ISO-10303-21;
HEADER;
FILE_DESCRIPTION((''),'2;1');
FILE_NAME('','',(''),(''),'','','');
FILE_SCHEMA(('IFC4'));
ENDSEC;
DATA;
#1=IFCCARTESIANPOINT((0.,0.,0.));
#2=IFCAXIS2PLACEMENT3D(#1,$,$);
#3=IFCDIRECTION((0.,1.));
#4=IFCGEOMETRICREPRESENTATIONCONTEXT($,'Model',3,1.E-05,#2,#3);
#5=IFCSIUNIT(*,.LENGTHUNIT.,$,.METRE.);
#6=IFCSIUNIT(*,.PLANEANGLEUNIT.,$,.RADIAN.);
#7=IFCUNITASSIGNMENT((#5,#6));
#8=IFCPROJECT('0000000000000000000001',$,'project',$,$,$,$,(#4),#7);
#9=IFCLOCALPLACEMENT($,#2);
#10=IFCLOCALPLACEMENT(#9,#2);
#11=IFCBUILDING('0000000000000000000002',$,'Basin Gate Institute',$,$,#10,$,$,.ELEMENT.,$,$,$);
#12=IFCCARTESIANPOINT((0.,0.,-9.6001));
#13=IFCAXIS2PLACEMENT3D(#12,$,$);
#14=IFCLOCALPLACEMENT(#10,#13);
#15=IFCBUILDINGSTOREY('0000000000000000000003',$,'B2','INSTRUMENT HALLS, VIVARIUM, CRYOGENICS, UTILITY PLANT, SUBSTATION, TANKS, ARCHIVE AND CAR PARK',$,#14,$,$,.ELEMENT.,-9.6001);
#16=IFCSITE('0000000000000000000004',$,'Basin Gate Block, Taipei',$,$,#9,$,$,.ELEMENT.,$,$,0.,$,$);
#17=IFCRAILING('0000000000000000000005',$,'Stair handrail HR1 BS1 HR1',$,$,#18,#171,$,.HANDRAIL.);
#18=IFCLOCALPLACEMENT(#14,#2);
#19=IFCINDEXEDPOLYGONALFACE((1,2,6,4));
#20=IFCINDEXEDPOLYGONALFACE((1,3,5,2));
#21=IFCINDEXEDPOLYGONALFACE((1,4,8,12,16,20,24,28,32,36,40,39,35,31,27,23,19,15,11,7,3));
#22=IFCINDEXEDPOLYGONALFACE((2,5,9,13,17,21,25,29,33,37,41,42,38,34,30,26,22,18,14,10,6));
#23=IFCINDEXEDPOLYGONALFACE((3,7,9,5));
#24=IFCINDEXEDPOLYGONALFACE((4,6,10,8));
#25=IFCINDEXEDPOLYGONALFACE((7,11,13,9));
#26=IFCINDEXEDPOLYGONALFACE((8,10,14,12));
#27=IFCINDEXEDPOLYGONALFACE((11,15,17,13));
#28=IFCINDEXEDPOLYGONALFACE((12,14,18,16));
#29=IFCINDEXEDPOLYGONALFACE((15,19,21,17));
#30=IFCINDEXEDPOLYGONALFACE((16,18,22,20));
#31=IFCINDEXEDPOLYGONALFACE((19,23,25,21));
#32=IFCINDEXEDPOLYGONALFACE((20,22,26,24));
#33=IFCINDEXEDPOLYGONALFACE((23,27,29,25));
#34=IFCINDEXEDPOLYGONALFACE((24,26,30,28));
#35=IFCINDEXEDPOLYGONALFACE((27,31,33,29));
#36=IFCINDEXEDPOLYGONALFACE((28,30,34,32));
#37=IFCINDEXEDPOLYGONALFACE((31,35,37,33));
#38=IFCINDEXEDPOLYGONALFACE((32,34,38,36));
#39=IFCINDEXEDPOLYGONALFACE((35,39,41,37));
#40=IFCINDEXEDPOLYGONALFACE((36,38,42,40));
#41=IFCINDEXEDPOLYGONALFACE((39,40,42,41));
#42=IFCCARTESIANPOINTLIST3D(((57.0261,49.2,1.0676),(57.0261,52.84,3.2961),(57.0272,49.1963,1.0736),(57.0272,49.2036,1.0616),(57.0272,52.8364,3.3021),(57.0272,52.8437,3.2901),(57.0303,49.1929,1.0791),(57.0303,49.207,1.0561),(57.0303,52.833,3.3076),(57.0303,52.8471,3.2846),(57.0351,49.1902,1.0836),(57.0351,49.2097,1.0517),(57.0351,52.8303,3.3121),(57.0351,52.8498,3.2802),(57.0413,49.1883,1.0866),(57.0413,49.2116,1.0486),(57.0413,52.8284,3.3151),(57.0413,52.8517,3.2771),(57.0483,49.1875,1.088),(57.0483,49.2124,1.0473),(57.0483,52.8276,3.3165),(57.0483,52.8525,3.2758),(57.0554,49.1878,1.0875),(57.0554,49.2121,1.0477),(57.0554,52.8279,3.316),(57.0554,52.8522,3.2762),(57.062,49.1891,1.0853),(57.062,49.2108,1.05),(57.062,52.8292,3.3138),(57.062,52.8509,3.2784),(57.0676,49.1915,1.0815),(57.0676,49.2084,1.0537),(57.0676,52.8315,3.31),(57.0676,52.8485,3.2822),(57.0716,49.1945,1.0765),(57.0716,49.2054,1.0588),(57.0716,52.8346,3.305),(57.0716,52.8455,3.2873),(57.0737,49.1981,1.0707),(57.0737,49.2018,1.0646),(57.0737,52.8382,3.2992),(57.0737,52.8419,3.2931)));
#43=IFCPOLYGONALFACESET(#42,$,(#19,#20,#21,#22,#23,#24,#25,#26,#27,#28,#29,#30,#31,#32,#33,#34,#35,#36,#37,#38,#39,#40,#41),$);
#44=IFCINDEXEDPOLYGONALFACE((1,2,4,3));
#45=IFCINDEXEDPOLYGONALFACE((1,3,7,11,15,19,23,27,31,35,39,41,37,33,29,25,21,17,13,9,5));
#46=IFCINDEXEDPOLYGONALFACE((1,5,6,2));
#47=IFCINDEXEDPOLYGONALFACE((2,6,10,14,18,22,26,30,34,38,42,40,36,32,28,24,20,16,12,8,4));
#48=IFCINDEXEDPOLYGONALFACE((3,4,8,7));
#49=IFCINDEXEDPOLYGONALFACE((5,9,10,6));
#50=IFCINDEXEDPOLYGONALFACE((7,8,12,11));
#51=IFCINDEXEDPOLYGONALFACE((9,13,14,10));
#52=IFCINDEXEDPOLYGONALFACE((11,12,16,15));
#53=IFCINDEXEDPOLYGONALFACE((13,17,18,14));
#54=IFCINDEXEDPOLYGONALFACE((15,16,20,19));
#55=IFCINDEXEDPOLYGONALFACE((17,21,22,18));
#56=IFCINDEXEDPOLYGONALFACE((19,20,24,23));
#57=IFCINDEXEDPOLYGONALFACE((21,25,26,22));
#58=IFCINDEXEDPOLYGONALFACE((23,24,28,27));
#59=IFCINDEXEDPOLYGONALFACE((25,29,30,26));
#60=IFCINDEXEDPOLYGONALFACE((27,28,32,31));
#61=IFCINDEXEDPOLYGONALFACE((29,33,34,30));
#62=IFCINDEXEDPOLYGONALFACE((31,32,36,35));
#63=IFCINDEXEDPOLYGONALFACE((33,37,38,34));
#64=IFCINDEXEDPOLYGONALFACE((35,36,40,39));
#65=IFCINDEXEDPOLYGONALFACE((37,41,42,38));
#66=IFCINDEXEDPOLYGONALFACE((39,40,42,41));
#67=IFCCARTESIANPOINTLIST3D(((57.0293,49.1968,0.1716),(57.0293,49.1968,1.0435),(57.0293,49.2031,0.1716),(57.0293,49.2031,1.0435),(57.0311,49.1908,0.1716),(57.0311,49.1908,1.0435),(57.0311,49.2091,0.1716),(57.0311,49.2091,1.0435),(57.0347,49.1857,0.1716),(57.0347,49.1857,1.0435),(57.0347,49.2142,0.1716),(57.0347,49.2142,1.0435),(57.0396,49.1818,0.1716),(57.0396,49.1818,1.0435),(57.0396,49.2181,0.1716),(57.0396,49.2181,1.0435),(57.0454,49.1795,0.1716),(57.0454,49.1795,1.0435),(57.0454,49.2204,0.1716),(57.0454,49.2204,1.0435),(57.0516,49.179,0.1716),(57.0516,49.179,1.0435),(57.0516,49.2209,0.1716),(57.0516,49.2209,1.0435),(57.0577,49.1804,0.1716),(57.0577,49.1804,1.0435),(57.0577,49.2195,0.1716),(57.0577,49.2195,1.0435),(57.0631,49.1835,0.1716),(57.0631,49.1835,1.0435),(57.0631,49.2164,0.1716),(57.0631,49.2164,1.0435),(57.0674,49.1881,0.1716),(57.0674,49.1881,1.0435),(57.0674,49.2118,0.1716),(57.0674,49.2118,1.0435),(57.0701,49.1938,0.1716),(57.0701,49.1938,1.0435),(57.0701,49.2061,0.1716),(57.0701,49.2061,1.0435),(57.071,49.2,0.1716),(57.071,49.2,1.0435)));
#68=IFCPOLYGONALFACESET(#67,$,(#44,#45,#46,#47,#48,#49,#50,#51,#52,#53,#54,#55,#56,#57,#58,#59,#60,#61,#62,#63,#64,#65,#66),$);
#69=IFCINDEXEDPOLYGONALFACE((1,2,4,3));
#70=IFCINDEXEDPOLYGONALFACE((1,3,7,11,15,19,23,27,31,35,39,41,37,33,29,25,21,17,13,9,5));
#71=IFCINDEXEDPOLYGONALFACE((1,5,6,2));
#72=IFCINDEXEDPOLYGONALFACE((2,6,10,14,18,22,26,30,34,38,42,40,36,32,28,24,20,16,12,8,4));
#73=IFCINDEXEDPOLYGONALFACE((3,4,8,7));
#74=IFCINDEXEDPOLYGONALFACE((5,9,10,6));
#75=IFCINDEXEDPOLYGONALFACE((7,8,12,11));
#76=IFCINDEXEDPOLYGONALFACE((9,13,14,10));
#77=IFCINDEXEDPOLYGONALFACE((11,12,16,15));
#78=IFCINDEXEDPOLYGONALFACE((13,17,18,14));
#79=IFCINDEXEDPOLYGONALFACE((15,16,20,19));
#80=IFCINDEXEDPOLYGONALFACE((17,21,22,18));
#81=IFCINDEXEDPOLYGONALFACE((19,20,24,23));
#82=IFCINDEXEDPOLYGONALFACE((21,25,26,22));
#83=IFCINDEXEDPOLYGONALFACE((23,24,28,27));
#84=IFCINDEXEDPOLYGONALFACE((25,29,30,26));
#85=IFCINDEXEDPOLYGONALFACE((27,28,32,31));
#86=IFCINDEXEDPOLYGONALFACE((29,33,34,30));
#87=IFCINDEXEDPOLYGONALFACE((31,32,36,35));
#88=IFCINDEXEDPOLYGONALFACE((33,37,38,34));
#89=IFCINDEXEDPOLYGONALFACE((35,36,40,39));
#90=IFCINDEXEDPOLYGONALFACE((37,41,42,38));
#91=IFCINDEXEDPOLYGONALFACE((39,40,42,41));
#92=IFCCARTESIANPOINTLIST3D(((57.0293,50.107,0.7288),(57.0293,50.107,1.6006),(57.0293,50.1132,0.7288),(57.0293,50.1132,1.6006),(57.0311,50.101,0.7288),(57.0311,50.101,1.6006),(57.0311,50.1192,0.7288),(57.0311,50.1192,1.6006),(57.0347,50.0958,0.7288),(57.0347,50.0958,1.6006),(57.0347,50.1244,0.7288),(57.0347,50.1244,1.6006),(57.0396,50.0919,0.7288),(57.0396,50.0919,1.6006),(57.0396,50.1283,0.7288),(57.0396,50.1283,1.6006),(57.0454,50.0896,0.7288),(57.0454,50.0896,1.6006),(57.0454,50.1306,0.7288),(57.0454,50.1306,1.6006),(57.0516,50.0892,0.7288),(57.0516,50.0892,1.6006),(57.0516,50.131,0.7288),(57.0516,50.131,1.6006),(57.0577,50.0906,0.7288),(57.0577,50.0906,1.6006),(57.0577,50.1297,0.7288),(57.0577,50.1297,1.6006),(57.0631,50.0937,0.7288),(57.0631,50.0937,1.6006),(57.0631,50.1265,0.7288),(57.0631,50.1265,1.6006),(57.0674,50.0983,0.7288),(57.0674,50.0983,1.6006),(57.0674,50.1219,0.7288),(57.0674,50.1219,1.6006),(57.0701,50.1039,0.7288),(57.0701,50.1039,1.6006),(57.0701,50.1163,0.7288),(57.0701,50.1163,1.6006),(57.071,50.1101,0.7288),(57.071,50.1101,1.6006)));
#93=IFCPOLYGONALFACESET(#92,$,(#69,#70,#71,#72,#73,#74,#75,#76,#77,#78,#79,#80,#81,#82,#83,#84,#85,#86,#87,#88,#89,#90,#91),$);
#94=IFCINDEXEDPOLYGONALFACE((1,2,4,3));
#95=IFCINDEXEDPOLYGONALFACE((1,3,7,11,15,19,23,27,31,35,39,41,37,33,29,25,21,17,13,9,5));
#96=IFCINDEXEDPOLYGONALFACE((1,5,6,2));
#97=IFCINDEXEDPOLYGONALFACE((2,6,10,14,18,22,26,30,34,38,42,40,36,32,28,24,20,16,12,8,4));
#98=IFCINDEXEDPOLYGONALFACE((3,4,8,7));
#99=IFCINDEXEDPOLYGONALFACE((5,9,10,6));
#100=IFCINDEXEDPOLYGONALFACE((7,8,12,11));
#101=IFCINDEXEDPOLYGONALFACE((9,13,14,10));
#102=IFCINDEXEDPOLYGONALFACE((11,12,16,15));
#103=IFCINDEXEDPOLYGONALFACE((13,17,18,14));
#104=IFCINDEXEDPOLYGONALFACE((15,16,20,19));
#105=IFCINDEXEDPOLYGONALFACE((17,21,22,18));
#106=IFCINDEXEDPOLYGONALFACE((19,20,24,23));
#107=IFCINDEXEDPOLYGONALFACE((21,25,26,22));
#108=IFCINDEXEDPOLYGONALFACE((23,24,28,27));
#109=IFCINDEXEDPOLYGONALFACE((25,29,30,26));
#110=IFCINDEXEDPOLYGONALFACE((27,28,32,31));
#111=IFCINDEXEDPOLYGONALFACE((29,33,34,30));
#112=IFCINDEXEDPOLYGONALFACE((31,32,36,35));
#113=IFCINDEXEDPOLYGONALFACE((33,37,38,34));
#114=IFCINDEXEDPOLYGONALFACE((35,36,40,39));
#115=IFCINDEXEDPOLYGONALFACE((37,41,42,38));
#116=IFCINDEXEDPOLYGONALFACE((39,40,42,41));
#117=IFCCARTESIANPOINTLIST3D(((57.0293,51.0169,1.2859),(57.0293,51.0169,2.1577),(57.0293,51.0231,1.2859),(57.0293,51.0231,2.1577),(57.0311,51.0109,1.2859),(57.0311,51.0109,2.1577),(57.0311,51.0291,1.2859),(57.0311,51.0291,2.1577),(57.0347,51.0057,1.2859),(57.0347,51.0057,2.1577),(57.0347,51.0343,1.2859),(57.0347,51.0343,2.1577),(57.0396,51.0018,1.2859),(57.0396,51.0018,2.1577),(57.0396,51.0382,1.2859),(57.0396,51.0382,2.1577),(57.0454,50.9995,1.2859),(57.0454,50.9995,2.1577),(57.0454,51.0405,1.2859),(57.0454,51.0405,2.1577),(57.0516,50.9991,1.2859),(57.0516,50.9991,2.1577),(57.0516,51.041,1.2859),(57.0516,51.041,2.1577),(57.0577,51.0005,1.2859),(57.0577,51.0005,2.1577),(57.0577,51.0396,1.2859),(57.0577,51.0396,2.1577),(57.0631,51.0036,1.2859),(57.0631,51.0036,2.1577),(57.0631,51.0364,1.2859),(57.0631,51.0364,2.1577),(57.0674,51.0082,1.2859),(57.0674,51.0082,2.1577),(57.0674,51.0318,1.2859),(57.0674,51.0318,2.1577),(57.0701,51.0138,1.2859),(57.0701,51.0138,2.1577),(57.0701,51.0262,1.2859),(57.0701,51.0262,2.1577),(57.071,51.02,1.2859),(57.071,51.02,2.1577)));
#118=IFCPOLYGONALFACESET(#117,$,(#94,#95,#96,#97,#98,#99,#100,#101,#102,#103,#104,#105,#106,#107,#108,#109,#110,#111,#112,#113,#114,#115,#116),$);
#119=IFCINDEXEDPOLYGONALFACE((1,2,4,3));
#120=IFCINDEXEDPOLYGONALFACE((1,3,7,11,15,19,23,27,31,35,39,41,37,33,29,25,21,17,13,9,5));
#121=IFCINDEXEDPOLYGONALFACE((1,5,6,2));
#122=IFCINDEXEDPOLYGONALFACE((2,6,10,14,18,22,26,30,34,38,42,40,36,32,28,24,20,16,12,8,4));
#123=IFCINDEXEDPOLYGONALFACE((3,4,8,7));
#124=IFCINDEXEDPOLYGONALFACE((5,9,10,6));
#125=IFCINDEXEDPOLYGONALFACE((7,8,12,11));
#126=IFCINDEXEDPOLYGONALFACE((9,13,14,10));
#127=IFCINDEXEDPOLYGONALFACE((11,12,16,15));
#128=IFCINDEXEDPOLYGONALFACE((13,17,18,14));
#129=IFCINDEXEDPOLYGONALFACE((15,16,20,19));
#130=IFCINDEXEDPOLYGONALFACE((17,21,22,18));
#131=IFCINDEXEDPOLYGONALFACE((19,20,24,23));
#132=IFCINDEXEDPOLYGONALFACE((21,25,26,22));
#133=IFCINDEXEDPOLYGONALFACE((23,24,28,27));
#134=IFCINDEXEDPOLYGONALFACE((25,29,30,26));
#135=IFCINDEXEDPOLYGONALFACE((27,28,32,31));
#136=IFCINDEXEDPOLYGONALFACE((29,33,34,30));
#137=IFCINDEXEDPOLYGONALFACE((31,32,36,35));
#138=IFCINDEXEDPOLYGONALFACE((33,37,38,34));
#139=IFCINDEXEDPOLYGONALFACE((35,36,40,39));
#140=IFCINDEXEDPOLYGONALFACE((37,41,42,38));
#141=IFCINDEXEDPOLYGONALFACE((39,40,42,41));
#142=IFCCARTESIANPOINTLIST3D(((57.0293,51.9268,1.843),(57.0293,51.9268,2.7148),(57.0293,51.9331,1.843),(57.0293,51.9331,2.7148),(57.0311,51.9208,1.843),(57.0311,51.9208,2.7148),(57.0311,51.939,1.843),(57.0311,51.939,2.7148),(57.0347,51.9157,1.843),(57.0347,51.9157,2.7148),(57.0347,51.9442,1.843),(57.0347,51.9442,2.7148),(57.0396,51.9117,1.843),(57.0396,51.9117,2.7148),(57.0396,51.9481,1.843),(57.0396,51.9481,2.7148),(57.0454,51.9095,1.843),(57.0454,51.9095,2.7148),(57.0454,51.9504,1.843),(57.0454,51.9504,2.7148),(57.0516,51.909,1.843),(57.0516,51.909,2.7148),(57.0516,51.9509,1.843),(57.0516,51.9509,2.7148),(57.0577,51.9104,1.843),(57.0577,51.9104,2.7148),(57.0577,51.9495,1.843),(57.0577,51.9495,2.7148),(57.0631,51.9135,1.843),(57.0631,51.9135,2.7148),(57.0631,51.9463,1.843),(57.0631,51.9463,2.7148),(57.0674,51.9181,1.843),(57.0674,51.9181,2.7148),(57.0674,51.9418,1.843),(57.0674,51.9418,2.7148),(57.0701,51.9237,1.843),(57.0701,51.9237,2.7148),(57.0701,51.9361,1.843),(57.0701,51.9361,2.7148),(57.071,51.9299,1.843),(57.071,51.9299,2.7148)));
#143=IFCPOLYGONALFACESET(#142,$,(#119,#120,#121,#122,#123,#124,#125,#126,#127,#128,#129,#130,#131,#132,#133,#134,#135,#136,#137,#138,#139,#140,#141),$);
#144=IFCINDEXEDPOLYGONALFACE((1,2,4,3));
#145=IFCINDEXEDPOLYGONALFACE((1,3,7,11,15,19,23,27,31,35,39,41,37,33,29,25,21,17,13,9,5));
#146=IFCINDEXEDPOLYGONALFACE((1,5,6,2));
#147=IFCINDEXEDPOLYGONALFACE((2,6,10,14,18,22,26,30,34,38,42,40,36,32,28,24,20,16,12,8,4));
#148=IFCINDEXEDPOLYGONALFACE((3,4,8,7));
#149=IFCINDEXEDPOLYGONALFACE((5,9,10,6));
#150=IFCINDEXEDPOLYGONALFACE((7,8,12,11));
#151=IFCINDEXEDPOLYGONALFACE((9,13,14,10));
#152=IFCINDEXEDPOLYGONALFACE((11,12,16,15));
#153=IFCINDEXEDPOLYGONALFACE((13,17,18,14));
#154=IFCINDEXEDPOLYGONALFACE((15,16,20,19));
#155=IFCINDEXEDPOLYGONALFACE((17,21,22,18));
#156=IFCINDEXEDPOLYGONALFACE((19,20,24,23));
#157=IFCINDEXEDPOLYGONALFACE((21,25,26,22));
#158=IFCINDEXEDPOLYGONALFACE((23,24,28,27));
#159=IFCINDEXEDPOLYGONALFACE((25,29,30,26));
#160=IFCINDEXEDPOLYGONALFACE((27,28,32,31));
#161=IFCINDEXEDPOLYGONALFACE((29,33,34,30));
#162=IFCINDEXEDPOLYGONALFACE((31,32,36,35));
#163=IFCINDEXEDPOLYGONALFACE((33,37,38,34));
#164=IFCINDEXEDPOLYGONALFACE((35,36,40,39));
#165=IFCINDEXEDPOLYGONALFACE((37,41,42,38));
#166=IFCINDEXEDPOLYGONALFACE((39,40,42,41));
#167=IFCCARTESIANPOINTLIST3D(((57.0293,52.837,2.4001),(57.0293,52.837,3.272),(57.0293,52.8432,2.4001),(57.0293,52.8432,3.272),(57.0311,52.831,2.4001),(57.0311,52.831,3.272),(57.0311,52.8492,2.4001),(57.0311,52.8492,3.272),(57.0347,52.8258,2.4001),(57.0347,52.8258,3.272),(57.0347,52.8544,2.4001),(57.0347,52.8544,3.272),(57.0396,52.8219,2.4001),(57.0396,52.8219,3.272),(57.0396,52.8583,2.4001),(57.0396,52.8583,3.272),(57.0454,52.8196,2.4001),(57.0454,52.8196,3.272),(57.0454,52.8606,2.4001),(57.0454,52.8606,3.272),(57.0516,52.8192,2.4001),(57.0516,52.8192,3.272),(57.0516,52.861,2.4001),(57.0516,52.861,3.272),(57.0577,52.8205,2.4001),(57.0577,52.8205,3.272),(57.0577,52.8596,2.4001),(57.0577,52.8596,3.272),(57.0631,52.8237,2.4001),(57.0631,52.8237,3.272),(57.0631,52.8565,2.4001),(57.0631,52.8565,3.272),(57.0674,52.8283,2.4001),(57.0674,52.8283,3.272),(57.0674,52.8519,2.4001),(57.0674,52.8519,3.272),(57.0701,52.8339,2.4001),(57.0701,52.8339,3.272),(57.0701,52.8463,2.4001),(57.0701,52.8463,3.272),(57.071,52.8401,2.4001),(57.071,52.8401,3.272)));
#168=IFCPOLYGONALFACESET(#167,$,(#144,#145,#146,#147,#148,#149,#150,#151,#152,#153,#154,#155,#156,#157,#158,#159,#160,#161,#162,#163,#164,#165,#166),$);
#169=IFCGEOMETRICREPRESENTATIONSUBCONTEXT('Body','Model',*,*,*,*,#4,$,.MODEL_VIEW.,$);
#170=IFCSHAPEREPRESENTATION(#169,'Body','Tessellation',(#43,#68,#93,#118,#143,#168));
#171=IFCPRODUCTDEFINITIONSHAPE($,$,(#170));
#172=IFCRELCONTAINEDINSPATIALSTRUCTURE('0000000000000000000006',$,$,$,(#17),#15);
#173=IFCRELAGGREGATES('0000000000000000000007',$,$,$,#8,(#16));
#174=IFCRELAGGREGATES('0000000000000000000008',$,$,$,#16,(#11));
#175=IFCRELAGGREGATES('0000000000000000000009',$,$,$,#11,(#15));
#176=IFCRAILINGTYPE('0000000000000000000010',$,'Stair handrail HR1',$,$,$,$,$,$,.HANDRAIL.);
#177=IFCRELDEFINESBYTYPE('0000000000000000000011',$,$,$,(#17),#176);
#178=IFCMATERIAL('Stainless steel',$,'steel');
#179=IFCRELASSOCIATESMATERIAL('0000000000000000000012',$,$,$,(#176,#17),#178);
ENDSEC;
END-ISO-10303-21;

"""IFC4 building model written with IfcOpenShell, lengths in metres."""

from ifc_helpers import new_model, si_unit, direction, frame, origin, origin_2d, place, context, subcontext, project, spatial, circle, extrude, material, type_object, element, save


model = new_model("IFC4")

# Units and contexts
model_context = context("Model", 3, precision=1e-05, world=origin(), true_north=direction((0.0, 1.0)))
body_context = subcontext(model_context, "Body", "Model", "MODEL_VIEW")
ifc_project = project(units=[si_unit("LENGTHUNIT", "METRE"), si_unit("PLANEANGLEUNIT", "RADIAN")], contexts=[model_context])

# Site, building, storey
site_placement = place(None, origin())
site = spatial("IfcSite", under=ifc_project, at=site_placement, Name="Basin Gate Block, Taipei", CompositionType="ELEMENT", RefElevation=0.0)
building_placement = place(site_placement, origin())
building = spatial("IfcBuilding", under=site, at=building_placement, Name="Basin Gate Institute", CompositionType="ELEMENT")
storey_placement = place(building_placement, frame((0.0, 0.0, -9.6001)))
storey = spatial("IfcBuildingStorey", under=building, at=storey_placement, Name="B2", Description="INSTRUMENT HALLS, VIVARIUM, CRYOGENICS, UTILITY PLANT, SUBSTATION, TANKS, ARCHIVE AND CAR PARK", CompositionType="ELEMENT", Elevation=-9.6001)

# Railing
ifc_material_1 = material(Name="Stainless steel", Category="steel")
railing_type_1 = type_object("IfcRailingType", Name="Stair handrail HR1", PredefinedType="HANDRAIL", material=ifc_material_1)
for number, where, name in (
    (1, (57.05, 49.2, 0.1716), "Stair handrail HR1 BS1 HR1"),
):
    element("IfcRailing", number, at=place(storey_placement, frame(where)), inside=storey, type_object=railing_type_1, material=ifc_material_1, Name=name, PredefinedType="HANDRAIL", context=body_context, shape_type="SweptSolid", body=[
        extrude(circle(Radius=0.0239, at=origin_2d()), frame((0.0, 0.0, 0.896), z_axis=(0.0, 0.852866, 0.52213), x_axis=(-1.0, 0.0, 0.0)), (0.0, 0.0, 1.0), 4.2681),
        extrude(circle(Radius=0.021, at=origin_2d()), origin(), (0.0, 0.0, 1.0), 0.8718),
        extrude(circle(Radius=0.021, at=origin_2d()), frame((0.0, 0.9102, 0.5571)), (0.0, 0.0, 1.0), 0.8718),
        extrude(circle(Radius=0.021, at=origin_2d()), frame((0.0, 1.8201, 1.1143)), (0.0, 0.0, 1.0), 0.8718),
        extrude(circle(Radius=0.021, at=origin_2d()), frame((0.0, 2.73, 1.6714)), (0.0, 0.0, 1.0), 0.8718),
        extrude(circle(Radius=0.021, at=origin_2d()), frame((0.0, 3.6401, 2.2285)), (0.0, 0.0, 1.0), 0.8718),
    ])

save(model, "model.ifc")
